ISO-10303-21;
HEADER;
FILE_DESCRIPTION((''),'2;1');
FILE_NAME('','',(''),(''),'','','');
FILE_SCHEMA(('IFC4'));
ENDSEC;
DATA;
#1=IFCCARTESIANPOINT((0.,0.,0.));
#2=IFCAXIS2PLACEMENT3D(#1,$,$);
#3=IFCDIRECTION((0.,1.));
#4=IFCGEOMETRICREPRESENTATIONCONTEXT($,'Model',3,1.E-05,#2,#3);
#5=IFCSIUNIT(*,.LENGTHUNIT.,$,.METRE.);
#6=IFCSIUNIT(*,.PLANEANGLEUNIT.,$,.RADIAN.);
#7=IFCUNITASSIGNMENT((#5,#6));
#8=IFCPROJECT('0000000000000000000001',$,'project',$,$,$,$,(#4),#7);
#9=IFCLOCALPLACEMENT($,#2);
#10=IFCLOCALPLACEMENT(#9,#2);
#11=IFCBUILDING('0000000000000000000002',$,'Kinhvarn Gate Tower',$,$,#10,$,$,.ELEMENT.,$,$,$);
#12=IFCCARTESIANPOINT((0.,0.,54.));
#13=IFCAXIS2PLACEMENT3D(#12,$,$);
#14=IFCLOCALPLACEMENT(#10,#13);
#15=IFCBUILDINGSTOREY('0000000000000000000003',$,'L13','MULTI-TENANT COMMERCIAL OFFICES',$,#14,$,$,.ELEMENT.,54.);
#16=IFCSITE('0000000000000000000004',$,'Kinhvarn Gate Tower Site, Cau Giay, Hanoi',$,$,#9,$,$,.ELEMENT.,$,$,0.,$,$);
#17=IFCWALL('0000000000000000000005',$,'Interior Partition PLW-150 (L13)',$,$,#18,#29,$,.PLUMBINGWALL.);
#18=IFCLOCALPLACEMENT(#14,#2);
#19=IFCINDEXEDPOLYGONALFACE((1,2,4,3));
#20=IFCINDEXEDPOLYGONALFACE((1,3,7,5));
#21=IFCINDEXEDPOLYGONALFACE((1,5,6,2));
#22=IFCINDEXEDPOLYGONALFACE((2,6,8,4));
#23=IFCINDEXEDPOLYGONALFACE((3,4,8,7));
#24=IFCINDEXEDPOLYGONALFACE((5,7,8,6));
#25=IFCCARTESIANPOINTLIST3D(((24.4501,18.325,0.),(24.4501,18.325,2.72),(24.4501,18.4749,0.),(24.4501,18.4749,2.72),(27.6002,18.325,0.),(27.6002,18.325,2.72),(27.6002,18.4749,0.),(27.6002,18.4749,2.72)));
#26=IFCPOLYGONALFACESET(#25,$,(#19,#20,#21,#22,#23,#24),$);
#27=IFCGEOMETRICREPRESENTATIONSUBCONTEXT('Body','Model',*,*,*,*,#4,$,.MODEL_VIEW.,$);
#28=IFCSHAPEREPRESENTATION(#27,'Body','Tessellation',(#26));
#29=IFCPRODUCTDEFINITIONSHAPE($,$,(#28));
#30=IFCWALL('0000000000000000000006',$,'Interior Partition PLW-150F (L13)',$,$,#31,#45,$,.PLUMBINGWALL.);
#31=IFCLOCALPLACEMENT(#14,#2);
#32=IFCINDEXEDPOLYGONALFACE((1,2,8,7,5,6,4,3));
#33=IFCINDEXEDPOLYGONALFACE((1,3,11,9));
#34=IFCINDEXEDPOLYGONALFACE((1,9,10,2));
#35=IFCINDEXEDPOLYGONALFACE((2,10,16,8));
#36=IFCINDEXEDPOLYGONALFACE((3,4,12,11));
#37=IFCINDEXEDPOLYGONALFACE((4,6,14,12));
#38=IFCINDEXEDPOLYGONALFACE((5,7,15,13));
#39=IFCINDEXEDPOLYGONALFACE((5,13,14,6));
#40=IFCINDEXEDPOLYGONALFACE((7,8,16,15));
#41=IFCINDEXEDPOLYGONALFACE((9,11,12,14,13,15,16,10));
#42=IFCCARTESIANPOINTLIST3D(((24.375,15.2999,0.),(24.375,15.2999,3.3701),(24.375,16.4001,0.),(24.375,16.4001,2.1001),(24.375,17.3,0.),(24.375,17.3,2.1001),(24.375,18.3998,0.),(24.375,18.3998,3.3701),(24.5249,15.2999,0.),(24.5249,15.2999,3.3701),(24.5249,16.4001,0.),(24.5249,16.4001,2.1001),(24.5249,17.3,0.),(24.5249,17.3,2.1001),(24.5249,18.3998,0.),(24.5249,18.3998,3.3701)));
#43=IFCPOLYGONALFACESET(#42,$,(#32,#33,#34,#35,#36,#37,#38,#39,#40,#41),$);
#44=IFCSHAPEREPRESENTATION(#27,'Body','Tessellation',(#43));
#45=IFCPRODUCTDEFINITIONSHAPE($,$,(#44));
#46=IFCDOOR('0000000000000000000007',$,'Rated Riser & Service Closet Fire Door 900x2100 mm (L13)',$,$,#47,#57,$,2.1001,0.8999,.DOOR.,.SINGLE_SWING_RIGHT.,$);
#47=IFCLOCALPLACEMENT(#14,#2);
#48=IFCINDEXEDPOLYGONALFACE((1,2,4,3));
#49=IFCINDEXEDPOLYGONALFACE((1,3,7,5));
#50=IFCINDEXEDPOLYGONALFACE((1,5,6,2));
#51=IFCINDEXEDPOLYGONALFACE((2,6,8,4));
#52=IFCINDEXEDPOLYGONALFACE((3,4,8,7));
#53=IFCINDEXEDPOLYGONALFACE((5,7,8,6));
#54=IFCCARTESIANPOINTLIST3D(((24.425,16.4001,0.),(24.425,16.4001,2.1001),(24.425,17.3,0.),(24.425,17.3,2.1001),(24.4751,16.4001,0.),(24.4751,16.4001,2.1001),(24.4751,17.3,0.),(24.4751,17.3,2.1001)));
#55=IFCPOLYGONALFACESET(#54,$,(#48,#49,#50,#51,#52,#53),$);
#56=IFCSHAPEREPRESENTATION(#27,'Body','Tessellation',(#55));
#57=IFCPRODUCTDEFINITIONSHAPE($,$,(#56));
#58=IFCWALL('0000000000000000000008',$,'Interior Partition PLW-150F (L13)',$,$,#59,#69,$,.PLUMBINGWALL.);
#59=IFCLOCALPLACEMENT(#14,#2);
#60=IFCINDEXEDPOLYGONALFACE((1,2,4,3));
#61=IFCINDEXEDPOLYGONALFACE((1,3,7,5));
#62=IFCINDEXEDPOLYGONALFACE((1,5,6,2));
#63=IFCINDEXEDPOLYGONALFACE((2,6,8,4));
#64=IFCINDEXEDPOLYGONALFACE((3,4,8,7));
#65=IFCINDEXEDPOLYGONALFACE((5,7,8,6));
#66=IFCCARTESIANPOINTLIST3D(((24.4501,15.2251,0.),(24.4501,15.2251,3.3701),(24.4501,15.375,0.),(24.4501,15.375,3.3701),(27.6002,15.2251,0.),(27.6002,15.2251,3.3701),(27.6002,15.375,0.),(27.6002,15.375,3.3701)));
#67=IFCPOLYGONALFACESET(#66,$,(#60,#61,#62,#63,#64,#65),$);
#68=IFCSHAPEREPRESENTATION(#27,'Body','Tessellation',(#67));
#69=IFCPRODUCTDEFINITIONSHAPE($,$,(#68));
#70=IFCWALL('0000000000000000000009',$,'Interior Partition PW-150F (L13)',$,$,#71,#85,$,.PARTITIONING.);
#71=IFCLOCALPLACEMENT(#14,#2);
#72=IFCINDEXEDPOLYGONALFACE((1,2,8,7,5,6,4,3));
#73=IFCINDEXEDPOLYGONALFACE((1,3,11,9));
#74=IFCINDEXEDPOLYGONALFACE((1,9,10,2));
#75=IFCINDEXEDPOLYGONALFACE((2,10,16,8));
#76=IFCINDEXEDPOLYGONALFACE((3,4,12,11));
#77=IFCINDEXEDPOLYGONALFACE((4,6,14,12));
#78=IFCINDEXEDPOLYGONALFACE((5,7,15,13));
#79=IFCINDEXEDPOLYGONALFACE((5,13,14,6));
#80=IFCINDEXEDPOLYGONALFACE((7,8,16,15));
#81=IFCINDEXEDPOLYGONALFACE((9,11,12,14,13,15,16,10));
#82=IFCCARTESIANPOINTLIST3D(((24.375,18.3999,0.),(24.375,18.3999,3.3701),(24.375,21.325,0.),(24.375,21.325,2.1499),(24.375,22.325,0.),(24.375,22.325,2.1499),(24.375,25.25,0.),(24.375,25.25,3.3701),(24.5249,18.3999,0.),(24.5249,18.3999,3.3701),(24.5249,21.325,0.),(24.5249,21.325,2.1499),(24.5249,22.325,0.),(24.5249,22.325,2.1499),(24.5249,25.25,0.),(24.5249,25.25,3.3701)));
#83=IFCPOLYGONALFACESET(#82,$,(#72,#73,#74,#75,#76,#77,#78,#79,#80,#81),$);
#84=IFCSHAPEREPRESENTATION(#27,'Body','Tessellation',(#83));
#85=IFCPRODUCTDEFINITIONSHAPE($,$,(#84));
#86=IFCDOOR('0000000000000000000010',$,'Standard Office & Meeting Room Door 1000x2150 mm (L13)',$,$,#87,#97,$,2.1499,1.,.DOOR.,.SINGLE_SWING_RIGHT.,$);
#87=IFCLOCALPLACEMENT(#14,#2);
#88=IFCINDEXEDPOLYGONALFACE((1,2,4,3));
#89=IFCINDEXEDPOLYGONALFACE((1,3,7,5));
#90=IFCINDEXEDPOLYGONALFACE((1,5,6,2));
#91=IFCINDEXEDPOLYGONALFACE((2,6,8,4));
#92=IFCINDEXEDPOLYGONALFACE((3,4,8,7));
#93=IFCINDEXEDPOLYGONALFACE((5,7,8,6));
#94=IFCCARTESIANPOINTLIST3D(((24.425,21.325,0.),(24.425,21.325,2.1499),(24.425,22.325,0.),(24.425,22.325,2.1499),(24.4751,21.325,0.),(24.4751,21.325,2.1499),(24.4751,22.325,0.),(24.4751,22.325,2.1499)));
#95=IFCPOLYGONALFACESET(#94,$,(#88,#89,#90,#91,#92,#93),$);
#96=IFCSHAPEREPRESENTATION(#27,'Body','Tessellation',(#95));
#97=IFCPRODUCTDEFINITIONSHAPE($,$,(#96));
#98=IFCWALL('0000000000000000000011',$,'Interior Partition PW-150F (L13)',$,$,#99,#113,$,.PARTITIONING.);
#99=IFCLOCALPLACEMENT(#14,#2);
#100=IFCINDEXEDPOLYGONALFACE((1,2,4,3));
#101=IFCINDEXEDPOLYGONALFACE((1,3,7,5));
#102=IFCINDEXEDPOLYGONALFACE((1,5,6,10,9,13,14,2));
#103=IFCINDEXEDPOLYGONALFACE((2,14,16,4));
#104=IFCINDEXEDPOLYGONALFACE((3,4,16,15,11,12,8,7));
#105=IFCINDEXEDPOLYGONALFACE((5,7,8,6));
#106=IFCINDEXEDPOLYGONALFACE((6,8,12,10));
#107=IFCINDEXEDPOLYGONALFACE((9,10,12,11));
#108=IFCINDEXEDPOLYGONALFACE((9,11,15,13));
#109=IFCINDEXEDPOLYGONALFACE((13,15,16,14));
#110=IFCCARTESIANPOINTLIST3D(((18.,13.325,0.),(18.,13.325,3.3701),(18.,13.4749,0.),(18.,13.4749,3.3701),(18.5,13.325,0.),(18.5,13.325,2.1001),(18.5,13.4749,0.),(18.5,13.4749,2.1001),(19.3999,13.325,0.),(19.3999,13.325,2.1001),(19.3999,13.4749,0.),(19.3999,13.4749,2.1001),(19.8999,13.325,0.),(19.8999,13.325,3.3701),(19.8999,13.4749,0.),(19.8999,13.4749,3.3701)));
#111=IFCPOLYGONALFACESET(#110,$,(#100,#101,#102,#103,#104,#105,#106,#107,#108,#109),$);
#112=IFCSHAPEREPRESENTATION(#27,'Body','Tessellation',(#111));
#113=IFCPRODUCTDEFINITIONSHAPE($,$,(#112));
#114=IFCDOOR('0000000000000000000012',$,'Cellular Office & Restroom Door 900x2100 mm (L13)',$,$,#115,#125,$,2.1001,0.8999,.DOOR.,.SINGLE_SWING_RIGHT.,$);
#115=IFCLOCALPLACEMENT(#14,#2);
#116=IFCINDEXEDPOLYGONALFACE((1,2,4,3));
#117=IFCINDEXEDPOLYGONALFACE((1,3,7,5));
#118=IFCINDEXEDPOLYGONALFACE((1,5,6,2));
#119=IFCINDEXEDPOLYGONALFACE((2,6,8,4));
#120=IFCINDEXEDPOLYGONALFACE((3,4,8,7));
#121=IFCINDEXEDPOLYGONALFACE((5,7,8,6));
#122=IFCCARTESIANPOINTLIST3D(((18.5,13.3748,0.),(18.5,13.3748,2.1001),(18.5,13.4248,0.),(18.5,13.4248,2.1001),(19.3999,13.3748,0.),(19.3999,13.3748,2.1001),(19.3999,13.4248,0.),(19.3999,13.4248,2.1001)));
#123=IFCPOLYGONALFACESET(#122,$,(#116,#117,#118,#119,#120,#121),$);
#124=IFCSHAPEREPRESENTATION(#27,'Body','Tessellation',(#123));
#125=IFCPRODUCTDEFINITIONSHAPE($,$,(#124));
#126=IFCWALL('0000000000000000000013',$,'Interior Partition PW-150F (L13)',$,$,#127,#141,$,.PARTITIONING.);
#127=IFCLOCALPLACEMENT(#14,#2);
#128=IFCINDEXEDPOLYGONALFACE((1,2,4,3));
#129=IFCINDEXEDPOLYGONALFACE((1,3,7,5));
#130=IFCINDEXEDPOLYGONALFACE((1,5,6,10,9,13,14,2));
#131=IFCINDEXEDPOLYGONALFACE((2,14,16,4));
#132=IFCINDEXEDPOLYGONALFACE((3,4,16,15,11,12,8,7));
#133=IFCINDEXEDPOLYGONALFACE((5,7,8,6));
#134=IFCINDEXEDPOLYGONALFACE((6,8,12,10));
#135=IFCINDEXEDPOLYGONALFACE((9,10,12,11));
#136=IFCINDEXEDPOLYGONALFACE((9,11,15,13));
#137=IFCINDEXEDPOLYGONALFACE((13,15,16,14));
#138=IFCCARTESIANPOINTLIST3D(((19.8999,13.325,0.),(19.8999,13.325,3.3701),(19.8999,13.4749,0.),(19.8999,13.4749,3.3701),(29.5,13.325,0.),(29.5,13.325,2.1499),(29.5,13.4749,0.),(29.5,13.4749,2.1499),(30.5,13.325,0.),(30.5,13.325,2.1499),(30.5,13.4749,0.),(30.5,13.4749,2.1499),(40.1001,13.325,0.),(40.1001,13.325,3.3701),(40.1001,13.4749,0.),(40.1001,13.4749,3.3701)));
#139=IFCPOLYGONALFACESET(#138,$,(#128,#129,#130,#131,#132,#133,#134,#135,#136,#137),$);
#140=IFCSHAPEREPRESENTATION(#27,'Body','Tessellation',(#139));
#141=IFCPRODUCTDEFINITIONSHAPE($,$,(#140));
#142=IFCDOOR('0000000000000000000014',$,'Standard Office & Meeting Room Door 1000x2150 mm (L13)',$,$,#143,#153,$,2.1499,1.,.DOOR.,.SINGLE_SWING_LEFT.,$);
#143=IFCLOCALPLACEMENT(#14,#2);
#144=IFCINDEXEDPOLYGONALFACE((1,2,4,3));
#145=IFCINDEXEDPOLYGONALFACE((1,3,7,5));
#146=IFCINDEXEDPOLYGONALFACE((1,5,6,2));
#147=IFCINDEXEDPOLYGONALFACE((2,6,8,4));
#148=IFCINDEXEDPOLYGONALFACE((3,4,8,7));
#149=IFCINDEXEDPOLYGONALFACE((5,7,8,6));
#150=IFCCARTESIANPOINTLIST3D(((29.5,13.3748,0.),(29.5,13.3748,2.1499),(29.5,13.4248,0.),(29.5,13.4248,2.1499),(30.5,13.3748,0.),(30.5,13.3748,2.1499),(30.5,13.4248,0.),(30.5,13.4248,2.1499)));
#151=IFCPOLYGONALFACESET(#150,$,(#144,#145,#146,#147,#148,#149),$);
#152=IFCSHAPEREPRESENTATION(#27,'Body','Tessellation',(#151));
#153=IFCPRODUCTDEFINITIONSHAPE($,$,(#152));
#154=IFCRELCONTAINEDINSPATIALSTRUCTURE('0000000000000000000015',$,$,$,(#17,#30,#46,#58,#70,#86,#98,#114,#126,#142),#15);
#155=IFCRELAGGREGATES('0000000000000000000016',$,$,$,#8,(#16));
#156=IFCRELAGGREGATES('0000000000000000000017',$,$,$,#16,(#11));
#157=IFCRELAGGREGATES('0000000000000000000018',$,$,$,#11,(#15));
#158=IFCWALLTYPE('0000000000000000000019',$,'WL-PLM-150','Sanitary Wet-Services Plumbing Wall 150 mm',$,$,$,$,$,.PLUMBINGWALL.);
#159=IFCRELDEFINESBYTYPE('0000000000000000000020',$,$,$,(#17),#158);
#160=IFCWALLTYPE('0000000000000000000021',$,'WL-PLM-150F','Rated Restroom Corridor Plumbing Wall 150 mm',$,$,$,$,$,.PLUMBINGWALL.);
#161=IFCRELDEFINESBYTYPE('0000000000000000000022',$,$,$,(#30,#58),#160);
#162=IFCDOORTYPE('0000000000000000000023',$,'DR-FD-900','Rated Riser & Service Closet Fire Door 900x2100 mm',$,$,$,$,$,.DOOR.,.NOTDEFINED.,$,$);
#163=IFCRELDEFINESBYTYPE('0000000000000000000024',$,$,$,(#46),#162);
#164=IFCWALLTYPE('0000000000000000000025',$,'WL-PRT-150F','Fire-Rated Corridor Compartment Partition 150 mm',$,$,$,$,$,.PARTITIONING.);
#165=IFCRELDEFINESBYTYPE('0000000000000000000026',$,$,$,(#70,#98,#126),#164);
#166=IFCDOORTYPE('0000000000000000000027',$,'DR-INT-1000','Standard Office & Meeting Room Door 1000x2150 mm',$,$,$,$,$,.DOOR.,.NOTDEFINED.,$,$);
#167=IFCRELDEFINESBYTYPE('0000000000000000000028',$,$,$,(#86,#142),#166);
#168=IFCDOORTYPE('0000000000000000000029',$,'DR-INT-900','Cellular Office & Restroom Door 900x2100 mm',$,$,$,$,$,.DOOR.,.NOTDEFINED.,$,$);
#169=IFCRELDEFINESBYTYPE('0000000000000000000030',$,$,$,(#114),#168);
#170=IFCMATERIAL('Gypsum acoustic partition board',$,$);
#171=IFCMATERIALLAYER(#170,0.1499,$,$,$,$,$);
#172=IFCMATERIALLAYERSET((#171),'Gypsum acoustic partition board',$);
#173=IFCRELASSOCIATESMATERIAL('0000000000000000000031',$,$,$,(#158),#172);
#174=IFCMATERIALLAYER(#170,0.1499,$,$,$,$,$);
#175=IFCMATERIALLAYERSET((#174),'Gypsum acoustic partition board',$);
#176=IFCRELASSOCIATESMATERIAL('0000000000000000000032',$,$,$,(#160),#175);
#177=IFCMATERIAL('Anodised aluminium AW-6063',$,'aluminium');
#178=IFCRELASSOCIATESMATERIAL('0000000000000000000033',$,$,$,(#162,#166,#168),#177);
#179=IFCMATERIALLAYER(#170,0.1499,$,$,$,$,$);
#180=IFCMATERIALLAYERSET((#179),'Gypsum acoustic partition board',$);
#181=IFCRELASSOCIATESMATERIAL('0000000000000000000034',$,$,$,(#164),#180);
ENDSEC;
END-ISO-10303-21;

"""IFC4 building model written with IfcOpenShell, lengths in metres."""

from ifc_helpers import new_model, si_unit, direction, frame, frame_2d, origin, place, context, subcontext, project, spatial, rectangle, extrude, material, layer, layer_set, type_object, element, fill, save


model = new_model("IFC4")

# Units and contexts
model_context = context("Model", 3, precision=1e-05, world=origin(), true_north=direction((0.0, 1.0)))
body_context = subcontext(model_context, "Body", "Model", "MODEL_VIEW")
ifc_project = project(units=[si_unit("LENGTHUNIT", "METRE"), si_unit("PLANEANGLEUNIT", "RADIAN")], contexts=[model_context])

# Site, building, storey
site_placement = place(None, origin())
site = spatial("IfcSite", under=ifc_project, at=site_placement, Name="Kinhvarn Gate Tower Site, Cau Giay, Hanoi", CompositionType="ELEMENT", RefElevation=0.0)
building_placement = place(site_placement, origin())
building = spatial("IfcBuilding", under=site, at=building_placement, Name="Kinhvarn Gate Tower", CompositionType="ELEMENT")
storey_placement = place(building_placement, frame((0.0, 0.0, 54.0)))
storey = spatial("IfcBuildingStorey", under=building, at=storey_placement, Name="L13", Description="MULTI-TENANT COMMERCIAL OFFICES", CompositionType="ELEMENT", Elevation=54.0)

# Wall
ifc_material_1 = material(Name="Gypsum acoustic partition board")
ifc_layer_1 = layer(ifc_material_1, 0.1499)
ifc_layer_set_1 = layer_set([ifc_layer_1], Name="Gypsum acoustic partition board")
wall_type_1 = type_object("IfcWallType", Name="WL-PLM-150", Description="Sanitary Wet-Services Plumbing Wall 150 mm", PredefinedType="PLUMBINGWALL", material=ifc_layer_set_1)
wall_1_placement = place(storey_placement, frame((24.45, 18.3999, 0.0), z_axis=(0.0, 0.0, 1.0), x_axis=(1.0, 0.0, 0.0)))
element("IfcWall", 1, at=wall_1_placement, inside=storey, type_object=wall_type_1, Name="Interior Partition PLW-150 (L13)", PredefinedType="PLUMBINGWALL", context=body_context, shape_type="SweptSolid", body=[
    extrude(rectangle(XDim=3.1501, YDim=0.1499, at=frame_2d((1.5752, 0.0))), origin(), (0.0, 0.0, 1.0), 2.72),
])

# Wall, opening, door
ifc_layer_2 = layer(ifc_material_1, 0.1499)
ifc_layer_set_2 = layer_set([ifc_layer_2], Name="Gypsum acoustic partition board")
wall_type_2 = type_object("IfcWallType", Name="WL-PLM-150F", Description="Rated Restroom Corridor Plumbing Wall 150 mm", PredefinedType="PLUMBINGWALL", material=ifc_layer_set_2)
wall_2_placement = place(storey_placement, frame((24.45, 15.3, 0.0), z_axis=(0.0, 0.0, 1.0), x_axis=(0.0, 1.0, 0.0)))
wall_2 = element("IfcWall", 2, at=wall_2_placement, inside=storey, type_object=wall_type_2, Name="Interior Partition PLW-150F (L13)", PredefinedType="PLUMBINGWALL", context=body_context, shape_type="SweptSolid", body=[
    extrude(rectangle(XDim=3.0999, YDim=0.1499, at=frame_2d((1.5498, 0.0))), origin(), (0.0, 0.0, 1.0), 3.3701),
])
opening_1_placement = place(wall_2_placement, frame((1.1001, 0.0, 0.0)))
opening_1 = element("IfcOpeningElement", 3, at=opening_1_placement, cuts=wall_2, PredefinedType="OPENING", context=body_context, shape_type="SweptSolid", body=[
    extrude(rectangle(XDim=0.8999, YDim=2.1001, at=frame_2d((0.45, 1.05))), frame((0.0, 0.085, 0.0), z_axis=(0.0, -1.0, 0.0), x_axis=(1.0, 0.0, 0.0)), (0.0, 0.0, 1.0), 0.1699),
])
ifc_material_2 = material(Name="Anodised aluminium AW-6063", Category="aluminium")
door_type_1 = type_object("IfcDoorType", Name="DR-FD-900", Description="Rated Riser & Service Closet Fire Door 900x2100 mm", OperationType="NOTDEFINED", PredefinedType="DOOR", material=ifc_material_2)
door_1_placement = place(opening_1_placement, origin())
door_1 = element("IfcDoor", 4, at=door_1_placement, inside=storey, type_object=door_type_1, Name="Rated Riser & Service Closet Fire Door 900x2100 mm (L13)", OperationType="SINGLE_SWING_RIGHT", OverallHeight=2.1001, OverallWidth=0.8999, PredefinedType="DOOR", context=body_context, shape_type="SweptSolid", body=[
    extrude(rectangle(XDim=0.8999, YDim=2.1001, at=frame_2d((0.45, 1.05))), frame((0.0, 0.0249, 0.0), z_axis=(0.0, -1.0, 0.0), x_axis=(1.0, 0.0, 0.0)), (0.0, 0.0, 1.0), 0.05),
])
fill(opening_1, door_1)

# Wall
wall_3_placement = place(storey_placement, frame((24.45, 15.3, 0.0), z_axis=(0.0, 0.0, 1.0), x_axis=(1.0, 0.0, 0.0)))
element("IfcWall", 5, at=wall_3_placement, inside=storey, type_object=wall_type_2, Name="Interior Partition PLW-150F (L13)", PredefinedType="PLUMBINGWALL", context=body_context, shape_type="SweptSolid", body=[
    extrude(rectangle(XDim=3.1501, YDim=0.1499, at=frame_2d((1.5752, 0.0))), origin(), (0.0, 0.0, 1.0), 3.3701),
])

# Walls, openings, doors
ifc_layer_3 = layer(ifc_material_1, 0.1499)
ifc_layer_set_3 = layer_set([ifc_layer_3], Name="Gypsum acoustic partition board")
wall_type_3 = type_object("IfcWallType", Name="WL-PRT-150F", Description="Fire-Rated Corridor Compartment Partition 150 mm", PredefinedType="PARTITIONING", material=ifc_layer_set_3)
wall_4_placement = place(storey_placement, frame((24.45, 18.3999, 0.0), z_axis=(0.0, 0.0, 1.0), x_axis=(0.0, 1.0, 0.0)))
wall_4 = element("IfcWall", 6, at=wall_4_placement, inside=storey, type_object=wall_type_3, Name="Interior Partition PW-150F (L13)", PredefinedType="PARTITIONING", context=body_context, shape_type="SweptSolid", body=[
    extrude(rectangle(XDim=6.8501, YDim=0.1499, at=frame_2d((3.425, 0.0))), origin(), (0.0, 0.0, 1.0), 3.3701),
])
opening_2_placement = place(wall_4_placement, frame((2.925, 0.0, 0.0)))
opening_2 = element("IfcOpeningElement", 7, at=opening_2_placement, cuts=wall_4, PredefinedType="OPENING", context=body_context, shape_type="SweptSolid", body=[
    extrude(rectangle(XDim=1.0, YDim=2.1499, at=frame_2d((0.5, 1.075))), frame((0.0, 0.085, 0.0), z_axis=(0.0, -1.0, 0.0), x_axis=(1.0, 0.0, 0.0)), (0.0, 0.0, 1.0), 0.1699),
])
door_type_2 = type_object("IfcDoorType", Name="DR-INT-1000", Description="Standard Office & Meeting Room Door 1000x2150 mm", OperationType="NOTDEFINED", PredefinedType="DOOR", material=ifc_material_2)
door_2_placement = place(opening_2_placement, origin())
door_2 = element("IfcDoor", 8, at=door_2_placement, inside=storey, type_object=door_type_2, Name="Standard Office & Meeting Room Door 1000x2150 mm (L13)", OperationType="SINGLE_SWING_RIGHT", OverallHeight=2.1499, OverallWidth=1.0, PredefinedType="DOOR", context=body_context, shape_type="SweptSolid", body=[
    extrude(rectangle(XDim=1.0, YDim=2.1499, at=frame_2d((0.5, 1.075))), frame((0.0, 0.0249, 0.0), z_axis=(0.0, -1.0, 0.0), x_axis=(1.0, 0.0, 0.0)), (0.0, 0.0, 1.0), 0.05),
])
fill(opening_2, door_2)
wall_5_placement = place(storey_placement, frame((18.0, 13.3999, 0.0), z_axis=(0.0, 0.0, 1.0), x_axis=(1.0, 0.0, 0.0)))
wall_5 = element("IfcWall", 9, at=wall_5_placement, inside=storey, type_object=wall_type_3, Name="Interior Partition PW-150F (L13)", PredefinedType="PARTITIONING", context=body_context, shape_type="SweptSolid", body=[
    extrude(rectangle(XDim=1.8999, YDim=0.1499, at=frame_2d((0.95, 0.0))), origin(), (0.0, 0.0, 1.0), 3.3701),
])
opening_3_placement = place(wall_5_placement, frame((0.5, 0.0, 0.0)))
opening_3 = element("IfcOpeningElement", 10, at=opening_3_placement, cuts=wall_5, PredefinedType="OPENING", context=body_context, shape_type="SweptSolid", body=[
    extrude(rectangle(XDim=0.8999, YDim=2.1001, at=frame_2d((0.45, 1.05))), frame((0.0, 0.085, 0.0), z_axis=(0.0, -1.0, 0.0), x_axis=(1.0, 0.0, 0.0)), (0.0, 0.0, 1.0), 0.1699),
])
door_type_3 = type_object("IfcDoorType", Name="DR-INT-900", Description="Cellular Office & Restroom Door 900x2100 mm", OperationType="NOTDEFINED", PredefinedType="DOOR", material=ifc_material_2)
door_3_placement = place(opening_3_placement, origin())
door_3 = element("IfcDoor", 11, at=door_3_placement, inside=storey, type_object=door_type_3, Name="Cellular Office & Restroom Door 900x2100 mm (L13)", OperationType="SINGLE_SWING_RIGHT", OverallHeight=2.1001, OverallWidth=0.8999, PredefinedType="DOOR", context=body_context, shape_type="SweptSolid", body=[
    extrude(rectangle(XDim=0.8999, YDim=2.1001, at=frame_2d((0.45, 1.05))), frame((0.0, 0.0249, 0.0), z_axis=(0.0, -1.0, 0.0), x_axis=(1.0, 0.0, 0.0)), (0.0, 0.0, 1.0), 0.05),
])
fill(opening_3, door_3)
wall_6_placement = place(storey_placement, frame((19.8999, 13.3999, 0.0), z_axis=(0.0, 0.0, 1.0), x_axis=(1.0, 0.0, 0.0)))
wall_6 = element("IfcWall", 12, at=wall_6_placement, inside=storey, type_object=wall_type_3, Name="Interior Partition PW-150F (L13)", PredefinedType="PARTITIONING", context=body_context, shape_type="SweptSolid", body=[
    extrude(rectangle(XDim=20.2002, YDim=0.1499, at=frame_2d((10.1001, 0.0))), origin(), (0.0, 0.0, 1.0), 3.3701),
])
opening_4_placement = place(wall_6_placement, frame((9.6001, 0.0, 0.0)))
opening_4 = element("IfcOpeningElement", 13, at=opening_4_placement, cuts=wall_6, PredefinedType="OPENING", context=body_context, shape_type="SweptSolid", body=[
    extrude(rectangle(XDim=1.0, YDim=2.1499, at=frame_2d((0.5, 1.075))), frame((0.0, 0.085, 0.0), z_axis=(0.0, -1.0, 0.0), x_axis=(1.0, 0.0, 0.0)), (0.0, 0.0, 1.0), 0.1699),
])
door_4_placement = place(opening_4_placement, origin())
door_4 = element("IfcDoor", 14, at=door_4_placement, inside=storey, type_object=door_type_2, Name="Standard Office & Meeting Room Door 1000x2150 mm (L13)", OperationType="SINGLE_SWING_LEFT", OverallHeight=2.1499, OverallWidth=1.0, PredefinedType="DOOR", context=body_context, shape_type="SweptSolid", body=[
    extrude(rectangle(XDim=1.0, YDim=2.1499, at=frame_2d((0.5, 1.075))), frame((0.0, 0.0249, 0.0), z_axis=(0.0, -1.0, 0.0), x_axis=(1.0, 0.0, 0.0)), (0.0, 0.0, 1.0), 0.05),
])
fill(opening_4, door_4)

save(model, "model.ifc")
